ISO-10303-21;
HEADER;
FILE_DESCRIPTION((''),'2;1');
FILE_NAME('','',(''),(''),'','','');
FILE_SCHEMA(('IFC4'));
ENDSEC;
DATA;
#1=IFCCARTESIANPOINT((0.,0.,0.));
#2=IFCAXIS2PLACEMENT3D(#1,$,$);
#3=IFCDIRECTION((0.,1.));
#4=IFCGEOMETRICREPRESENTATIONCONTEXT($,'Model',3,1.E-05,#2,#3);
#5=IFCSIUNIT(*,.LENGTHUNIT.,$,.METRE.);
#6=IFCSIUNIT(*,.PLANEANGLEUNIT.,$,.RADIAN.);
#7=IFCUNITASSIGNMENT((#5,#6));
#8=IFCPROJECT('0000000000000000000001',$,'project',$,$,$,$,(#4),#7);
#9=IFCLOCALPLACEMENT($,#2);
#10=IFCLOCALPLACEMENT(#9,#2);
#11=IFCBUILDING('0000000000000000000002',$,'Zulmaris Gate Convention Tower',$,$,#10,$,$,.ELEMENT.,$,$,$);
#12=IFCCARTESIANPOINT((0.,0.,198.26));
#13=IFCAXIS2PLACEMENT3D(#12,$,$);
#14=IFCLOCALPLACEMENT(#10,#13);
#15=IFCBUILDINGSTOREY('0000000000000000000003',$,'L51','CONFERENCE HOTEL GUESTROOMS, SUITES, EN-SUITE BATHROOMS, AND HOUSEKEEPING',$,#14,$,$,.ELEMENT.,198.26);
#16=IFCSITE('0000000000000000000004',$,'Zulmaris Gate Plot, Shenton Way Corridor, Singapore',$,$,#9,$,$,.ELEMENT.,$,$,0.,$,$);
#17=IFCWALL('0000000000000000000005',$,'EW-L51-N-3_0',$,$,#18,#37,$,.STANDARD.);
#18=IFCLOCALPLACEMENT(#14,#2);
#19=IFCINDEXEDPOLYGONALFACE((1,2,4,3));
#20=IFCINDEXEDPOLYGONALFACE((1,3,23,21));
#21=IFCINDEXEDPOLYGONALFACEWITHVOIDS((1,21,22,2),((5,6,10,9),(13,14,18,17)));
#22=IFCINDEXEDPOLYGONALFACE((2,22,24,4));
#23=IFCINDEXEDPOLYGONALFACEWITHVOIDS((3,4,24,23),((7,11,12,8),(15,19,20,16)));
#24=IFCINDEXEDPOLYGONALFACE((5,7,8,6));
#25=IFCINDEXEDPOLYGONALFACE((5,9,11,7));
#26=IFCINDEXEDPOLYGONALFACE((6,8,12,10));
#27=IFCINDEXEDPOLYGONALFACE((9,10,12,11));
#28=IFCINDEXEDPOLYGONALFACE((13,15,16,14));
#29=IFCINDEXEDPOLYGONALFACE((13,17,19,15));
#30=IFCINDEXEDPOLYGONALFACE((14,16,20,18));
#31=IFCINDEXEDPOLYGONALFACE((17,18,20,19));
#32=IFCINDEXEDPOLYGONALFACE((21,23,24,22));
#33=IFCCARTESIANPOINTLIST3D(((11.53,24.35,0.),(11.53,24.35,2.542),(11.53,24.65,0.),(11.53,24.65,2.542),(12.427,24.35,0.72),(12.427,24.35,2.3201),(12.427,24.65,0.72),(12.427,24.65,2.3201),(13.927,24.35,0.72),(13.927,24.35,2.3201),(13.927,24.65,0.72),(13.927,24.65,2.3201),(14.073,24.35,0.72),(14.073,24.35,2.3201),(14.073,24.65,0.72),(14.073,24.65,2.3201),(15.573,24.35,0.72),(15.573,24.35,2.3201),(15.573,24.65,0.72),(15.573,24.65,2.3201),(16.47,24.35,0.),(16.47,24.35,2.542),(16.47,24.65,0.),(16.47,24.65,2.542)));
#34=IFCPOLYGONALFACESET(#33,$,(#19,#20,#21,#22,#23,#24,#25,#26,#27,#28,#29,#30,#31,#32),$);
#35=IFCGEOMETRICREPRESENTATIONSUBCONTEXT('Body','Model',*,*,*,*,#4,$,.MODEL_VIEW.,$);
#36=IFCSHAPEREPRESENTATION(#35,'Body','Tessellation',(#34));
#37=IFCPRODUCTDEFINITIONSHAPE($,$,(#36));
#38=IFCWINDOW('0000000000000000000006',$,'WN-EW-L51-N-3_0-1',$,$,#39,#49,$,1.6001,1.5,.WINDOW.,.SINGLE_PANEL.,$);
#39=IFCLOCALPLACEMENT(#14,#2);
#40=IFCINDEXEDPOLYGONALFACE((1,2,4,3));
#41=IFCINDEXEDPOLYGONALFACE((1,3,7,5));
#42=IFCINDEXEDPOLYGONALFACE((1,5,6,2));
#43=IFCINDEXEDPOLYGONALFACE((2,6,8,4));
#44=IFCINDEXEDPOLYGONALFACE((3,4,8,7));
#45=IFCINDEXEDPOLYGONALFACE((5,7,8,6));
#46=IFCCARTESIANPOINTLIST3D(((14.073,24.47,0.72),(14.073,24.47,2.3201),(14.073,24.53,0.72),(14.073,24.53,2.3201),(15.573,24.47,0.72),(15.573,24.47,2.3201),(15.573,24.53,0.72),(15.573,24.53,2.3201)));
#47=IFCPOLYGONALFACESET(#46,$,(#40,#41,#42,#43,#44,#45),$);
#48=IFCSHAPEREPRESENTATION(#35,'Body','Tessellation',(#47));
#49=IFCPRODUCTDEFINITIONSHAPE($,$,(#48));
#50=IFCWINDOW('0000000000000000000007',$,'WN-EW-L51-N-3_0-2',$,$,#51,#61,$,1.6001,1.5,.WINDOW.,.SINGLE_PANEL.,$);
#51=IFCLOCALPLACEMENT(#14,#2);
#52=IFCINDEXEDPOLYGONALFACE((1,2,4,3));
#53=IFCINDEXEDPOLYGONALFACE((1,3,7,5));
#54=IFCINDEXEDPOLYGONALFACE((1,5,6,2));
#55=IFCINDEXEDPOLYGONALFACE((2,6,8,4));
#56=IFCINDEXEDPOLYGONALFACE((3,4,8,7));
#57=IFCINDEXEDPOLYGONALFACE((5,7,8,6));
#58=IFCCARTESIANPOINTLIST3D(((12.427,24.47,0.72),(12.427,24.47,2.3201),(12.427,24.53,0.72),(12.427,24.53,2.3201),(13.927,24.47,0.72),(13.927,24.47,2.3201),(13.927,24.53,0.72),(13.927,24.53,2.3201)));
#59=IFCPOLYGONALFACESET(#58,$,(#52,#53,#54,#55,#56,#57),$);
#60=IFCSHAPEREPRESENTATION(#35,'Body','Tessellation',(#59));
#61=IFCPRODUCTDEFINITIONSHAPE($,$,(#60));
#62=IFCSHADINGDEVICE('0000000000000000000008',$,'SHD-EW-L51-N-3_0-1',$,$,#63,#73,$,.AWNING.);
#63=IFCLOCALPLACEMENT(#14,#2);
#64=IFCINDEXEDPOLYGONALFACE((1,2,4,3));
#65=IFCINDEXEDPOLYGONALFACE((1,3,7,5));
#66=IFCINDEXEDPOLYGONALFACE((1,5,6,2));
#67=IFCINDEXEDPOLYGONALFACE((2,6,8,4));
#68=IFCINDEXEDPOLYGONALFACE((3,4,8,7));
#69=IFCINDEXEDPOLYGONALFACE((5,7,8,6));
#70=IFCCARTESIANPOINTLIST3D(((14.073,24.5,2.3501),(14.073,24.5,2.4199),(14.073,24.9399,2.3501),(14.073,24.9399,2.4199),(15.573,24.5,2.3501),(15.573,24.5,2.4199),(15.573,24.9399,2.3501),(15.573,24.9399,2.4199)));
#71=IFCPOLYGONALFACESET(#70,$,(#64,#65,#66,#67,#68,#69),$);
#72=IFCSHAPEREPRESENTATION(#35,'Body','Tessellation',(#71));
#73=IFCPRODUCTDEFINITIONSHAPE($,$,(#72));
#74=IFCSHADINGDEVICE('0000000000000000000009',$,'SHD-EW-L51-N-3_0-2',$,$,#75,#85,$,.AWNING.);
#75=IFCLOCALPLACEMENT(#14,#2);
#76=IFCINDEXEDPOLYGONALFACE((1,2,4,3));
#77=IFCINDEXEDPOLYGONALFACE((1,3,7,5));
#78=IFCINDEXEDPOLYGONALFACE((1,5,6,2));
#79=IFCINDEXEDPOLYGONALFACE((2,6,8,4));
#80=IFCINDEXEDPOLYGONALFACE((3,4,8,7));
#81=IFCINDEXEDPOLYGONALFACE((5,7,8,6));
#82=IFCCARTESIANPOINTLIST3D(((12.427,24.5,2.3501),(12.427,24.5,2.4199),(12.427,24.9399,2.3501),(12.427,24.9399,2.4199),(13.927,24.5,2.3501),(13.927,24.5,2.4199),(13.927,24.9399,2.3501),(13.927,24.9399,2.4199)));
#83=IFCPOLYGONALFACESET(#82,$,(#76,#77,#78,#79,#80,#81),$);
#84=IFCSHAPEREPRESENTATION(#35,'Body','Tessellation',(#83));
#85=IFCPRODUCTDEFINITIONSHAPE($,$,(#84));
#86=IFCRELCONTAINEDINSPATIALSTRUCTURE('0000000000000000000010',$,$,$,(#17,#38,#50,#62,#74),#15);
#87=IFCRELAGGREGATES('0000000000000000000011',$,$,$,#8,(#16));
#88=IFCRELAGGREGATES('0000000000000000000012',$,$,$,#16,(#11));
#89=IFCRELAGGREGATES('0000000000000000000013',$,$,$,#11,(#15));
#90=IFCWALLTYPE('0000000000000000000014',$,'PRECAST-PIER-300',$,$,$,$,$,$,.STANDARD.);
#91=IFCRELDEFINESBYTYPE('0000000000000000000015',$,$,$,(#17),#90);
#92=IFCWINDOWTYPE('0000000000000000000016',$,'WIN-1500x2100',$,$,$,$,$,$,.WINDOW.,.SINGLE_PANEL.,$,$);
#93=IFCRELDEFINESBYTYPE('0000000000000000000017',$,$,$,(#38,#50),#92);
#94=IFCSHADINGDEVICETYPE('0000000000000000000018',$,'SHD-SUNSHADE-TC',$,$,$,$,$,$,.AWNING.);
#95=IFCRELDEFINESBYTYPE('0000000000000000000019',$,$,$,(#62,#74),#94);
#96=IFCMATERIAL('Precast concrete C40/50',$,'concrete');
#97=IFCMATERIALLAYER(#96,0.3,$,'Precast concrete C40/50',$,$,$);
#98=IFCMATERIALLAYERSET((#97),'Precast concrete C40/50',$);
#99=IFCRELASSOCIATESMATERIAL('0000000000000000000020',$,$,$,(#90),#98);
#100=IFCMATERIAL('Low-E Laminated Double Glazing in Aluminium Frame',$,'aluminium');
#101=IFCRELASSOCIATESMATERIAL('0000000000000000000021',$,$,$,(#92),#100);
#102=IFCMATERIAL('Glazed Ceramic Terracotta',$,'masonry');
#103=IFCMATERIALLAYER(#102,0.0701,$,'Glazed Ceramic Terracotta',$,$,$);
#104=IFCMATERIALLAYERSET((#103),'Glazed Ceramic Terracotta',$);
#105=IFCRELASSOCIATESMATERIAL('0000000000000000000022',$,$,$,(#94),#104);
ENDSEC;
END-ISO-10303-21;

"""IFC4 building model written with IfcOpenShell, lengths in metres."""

from ifc_helpers import new_model, si_unit, direction, frame, frame_2d, origin, place, context, subcontext, project, spatial, rectangle, extrude, material, layer, layer_set, type_object, element, fill, save


model = new_model("IFC4")

# Units and contexts
model_context = context("Model", 3, precision=1e-05, world=origin(), true_north=direction((0.0, 1.0)))
body_context = subcontext(model_context, "Body", "Model", "MODEL_VIEW")
ifc_project = project(units=[si_unit("LENGTHUNIT", "METRE"), si_unit("PLANEANGLEUNIT", "RADIAN")], contexts=[model_context])

# Site, building, storey
site_placement = place(None, origin())
site = spatial("IfcSite", under=ifc_project, at=site_placement, Name="Zulmaris Gate Plot, Shenton Way Corridor, Singapore", CompositionType="ELEMENT", RefElevation=0.0)
building_placement = place(site_placement, origin())
building = spatial("IfcBuilding", under=site, at=building_placement, Name="Zulmaris Gate Convention Tower", CompositionType="ELEMENT")
storey_placement = place(building_placement, frame((0.0, 0.0, 198.26)))
storey = spatial("IfcBuildingStorey", under=building, at=storey_placement, Name="L51", Description="CONFERENCE HOTEL GUESTROOMS, SUITES, EN-SUITE BATHROOMS, AND HOUSEKEEPING", CompositionType="ELEMENT", Elevation=198.26)

# Wall, openings, windows
ifc_material_1 = material(Name="Precast concrete C40/50", Category="concrete")
ifc_layer_1 = layer(ifc_material_1, 0.3, Name="Precast concrete C40/50")
ifc_layer_set_1 = layer_set([ifc_layer_1], Name="Precast concrete C40/50")
wall_type_1 = type_object("IfcWallType", Name="PRECAST-PIER-300", PredefinedType="STANDARD", material=ifc_layer_set_1)
wall_1_placement = place(storey_placement, frame((16.47, 24.5, 0.0), z_axis=(0.0, 0.0, 1.0), x_axis=(-1.0, 0.0, 0.0)))
wall_1 = element("IfcWall", 1, at=wall_1_placement, inside=storey, type_object=wall_type_1, Name="EW-L51-N-3_0", PredefinedType="STANDARD", context=body_context, shape_type="SweptSolid", body=[
    extrude(rectangle(XDim=4.9399, YDim=0.3, at=frame_2d((2.47, 0.0))), origin(), (0.0, 0.0, 1.0), 2.542),
])
opening_1_placement = place(wall_1_placement, frame((0.897, 0.0, 0.72)))
opening_1 = element("IfcOpeningElement", 2, at=opening_1_placement, cuts=wall_1, PredefinedType="OPENING", context=body_context, shape_type="SweptSolid", body=[
    extrude(rectangle(XDim=1.5, YDim=1.6001, at=frame_2d((0.75, 0.8))), frame((0.0, 0.1602, 0.0), z_axis=(0.0, -1.0, 0.0), x_axis=(1.0, 0.0, 0.0)), (0.0, 0.0, 1.0), 0.3201),
])
opening_2_placement = place(wall_1_placement, frame((2.543, 0.0, 0.72)))
opening_2 = element("IfcOpeningElement", 3, at=opening_2_placement, cuts=wall_1, PredefinedType="OPENING", context=body_context, shape_type="SweptSolid", body=[
    extrude(rectangle(XDim=1.5, YDim=1.6001, at=frame_2d((0.75, 0.8))), frame((0.0, 0.1602, 0.0), z_axis=(0.0, -1.0, 0.0), x_axis=(1.0, 0.0, 0.0)), (0.0, 0.0, 1.0), 0.3201),
])
ifc_material_2 = material(Name="Low-E Laminated Double Glazing in Aluminium Frame", Category="aluminium")
window_type = type_object("IfcWindowType", Name="WIN-1500x2100", PartitioningType="SINGLE_PANEL", PredefinedType="WINDOW", material=ifc_material_2)
window_1_placement = place(opening_1_placement, origin())
window_1 = element("IfcWindow", 4, at=window_1_placement, inside=storey, type_object=window_type, Name="WN-EW-L51-N-3_0-1", OverallHeight=1.6001, OverallWidth=1.5, PartitioningType="SINGLE_PANEL", PredefinedType="WINDOW", context=body_context, shape_type="SweptSolid", body=[
    extrude(rectangle(XDim=1.5, YDim=1.6001, at=frame_2d((0.75, 0.8))), frame((0.0, 0.03, 0.0), z_axis=(0.0, -1.0, 0.0), x_axis=(1.0, 0.0, 0.0)), (0.0, 0.0, 1.0), 0.0601),
])
fill(opening_1, window_1)
window_2_placement = place(opening_2_placement, origin())
window_2 = element("IfcWindow", 5, at=window_2_placement, inside=storey, type_object=window_type, Name="WN-EW-L51-N-3_0-2", OverallHeight=1.6001, OverallWidth=1.5, PartitioningType="SINGLE_PANEL", PredefinedType="WINDOW", context=body_context, shape_type="SweptSolid", body=[
    extrude(rectangle(XDim=1.5, YDim=1.6001, at=frame_2d((0.75, 0.8))), frame((0.0, 0.03, 0.0), z_axis=(0.0, -1.0, 0.0), x_axis=(1.0, 0.0, 0.0)), (0.0, 0.0, 1.0), 0.0601),
])
fill(opening_2, window_2)

# Shading devices
ifc_material_3 = material(Name="Glazed Ceramic Terracotta", Category="masonry")
ifc_layer_2 = layer(ifc_material_3, 0.0701, Name="Glazed Ceramic Terracotta")
ifc_layer_set_2 = layer_set([ifc_layer_2], Name="Glazed Ceramic Terracotta")
shading_device_type = type_object("IfcShadingDeviceType", Name="SHD-SUNSHADE-TC", PredefinedType="AWNING", material=ifc_layer_set_2)
for number, where, z_axis, x_axis, name in (
    (6, (15.573, 24.72, 2.3501), (0.0, 0.0, 1.0), (-1.0, 0.0, 0.0), "SHD-EW-L51-N-3_0-1"),
    (7, (13.927, 24.72, 2.3501), (0.0, 0.0, 1.0), (-1.0, 0.0, 0.0), "SHD-EW-L51-N-3_0-2"),
):
    element("IfcShadingDevice", number, at=place(storey_placement, frame(where, z_axis=z_axis, x_axis=x_axis)), inside=storey, type_object=shading_device_type, Name=name, PredefinedType="AWNING", context=body_context, shape_type="SweptSolid", body=[
        extrude(rectangle(XDim=1.5, YDim=0.4399, at=frame_2d((0.75, 0.0))), origin(), (0.0, 0.0, 1.0), 0.0698),
    ])

save(model, "model.ifc")
